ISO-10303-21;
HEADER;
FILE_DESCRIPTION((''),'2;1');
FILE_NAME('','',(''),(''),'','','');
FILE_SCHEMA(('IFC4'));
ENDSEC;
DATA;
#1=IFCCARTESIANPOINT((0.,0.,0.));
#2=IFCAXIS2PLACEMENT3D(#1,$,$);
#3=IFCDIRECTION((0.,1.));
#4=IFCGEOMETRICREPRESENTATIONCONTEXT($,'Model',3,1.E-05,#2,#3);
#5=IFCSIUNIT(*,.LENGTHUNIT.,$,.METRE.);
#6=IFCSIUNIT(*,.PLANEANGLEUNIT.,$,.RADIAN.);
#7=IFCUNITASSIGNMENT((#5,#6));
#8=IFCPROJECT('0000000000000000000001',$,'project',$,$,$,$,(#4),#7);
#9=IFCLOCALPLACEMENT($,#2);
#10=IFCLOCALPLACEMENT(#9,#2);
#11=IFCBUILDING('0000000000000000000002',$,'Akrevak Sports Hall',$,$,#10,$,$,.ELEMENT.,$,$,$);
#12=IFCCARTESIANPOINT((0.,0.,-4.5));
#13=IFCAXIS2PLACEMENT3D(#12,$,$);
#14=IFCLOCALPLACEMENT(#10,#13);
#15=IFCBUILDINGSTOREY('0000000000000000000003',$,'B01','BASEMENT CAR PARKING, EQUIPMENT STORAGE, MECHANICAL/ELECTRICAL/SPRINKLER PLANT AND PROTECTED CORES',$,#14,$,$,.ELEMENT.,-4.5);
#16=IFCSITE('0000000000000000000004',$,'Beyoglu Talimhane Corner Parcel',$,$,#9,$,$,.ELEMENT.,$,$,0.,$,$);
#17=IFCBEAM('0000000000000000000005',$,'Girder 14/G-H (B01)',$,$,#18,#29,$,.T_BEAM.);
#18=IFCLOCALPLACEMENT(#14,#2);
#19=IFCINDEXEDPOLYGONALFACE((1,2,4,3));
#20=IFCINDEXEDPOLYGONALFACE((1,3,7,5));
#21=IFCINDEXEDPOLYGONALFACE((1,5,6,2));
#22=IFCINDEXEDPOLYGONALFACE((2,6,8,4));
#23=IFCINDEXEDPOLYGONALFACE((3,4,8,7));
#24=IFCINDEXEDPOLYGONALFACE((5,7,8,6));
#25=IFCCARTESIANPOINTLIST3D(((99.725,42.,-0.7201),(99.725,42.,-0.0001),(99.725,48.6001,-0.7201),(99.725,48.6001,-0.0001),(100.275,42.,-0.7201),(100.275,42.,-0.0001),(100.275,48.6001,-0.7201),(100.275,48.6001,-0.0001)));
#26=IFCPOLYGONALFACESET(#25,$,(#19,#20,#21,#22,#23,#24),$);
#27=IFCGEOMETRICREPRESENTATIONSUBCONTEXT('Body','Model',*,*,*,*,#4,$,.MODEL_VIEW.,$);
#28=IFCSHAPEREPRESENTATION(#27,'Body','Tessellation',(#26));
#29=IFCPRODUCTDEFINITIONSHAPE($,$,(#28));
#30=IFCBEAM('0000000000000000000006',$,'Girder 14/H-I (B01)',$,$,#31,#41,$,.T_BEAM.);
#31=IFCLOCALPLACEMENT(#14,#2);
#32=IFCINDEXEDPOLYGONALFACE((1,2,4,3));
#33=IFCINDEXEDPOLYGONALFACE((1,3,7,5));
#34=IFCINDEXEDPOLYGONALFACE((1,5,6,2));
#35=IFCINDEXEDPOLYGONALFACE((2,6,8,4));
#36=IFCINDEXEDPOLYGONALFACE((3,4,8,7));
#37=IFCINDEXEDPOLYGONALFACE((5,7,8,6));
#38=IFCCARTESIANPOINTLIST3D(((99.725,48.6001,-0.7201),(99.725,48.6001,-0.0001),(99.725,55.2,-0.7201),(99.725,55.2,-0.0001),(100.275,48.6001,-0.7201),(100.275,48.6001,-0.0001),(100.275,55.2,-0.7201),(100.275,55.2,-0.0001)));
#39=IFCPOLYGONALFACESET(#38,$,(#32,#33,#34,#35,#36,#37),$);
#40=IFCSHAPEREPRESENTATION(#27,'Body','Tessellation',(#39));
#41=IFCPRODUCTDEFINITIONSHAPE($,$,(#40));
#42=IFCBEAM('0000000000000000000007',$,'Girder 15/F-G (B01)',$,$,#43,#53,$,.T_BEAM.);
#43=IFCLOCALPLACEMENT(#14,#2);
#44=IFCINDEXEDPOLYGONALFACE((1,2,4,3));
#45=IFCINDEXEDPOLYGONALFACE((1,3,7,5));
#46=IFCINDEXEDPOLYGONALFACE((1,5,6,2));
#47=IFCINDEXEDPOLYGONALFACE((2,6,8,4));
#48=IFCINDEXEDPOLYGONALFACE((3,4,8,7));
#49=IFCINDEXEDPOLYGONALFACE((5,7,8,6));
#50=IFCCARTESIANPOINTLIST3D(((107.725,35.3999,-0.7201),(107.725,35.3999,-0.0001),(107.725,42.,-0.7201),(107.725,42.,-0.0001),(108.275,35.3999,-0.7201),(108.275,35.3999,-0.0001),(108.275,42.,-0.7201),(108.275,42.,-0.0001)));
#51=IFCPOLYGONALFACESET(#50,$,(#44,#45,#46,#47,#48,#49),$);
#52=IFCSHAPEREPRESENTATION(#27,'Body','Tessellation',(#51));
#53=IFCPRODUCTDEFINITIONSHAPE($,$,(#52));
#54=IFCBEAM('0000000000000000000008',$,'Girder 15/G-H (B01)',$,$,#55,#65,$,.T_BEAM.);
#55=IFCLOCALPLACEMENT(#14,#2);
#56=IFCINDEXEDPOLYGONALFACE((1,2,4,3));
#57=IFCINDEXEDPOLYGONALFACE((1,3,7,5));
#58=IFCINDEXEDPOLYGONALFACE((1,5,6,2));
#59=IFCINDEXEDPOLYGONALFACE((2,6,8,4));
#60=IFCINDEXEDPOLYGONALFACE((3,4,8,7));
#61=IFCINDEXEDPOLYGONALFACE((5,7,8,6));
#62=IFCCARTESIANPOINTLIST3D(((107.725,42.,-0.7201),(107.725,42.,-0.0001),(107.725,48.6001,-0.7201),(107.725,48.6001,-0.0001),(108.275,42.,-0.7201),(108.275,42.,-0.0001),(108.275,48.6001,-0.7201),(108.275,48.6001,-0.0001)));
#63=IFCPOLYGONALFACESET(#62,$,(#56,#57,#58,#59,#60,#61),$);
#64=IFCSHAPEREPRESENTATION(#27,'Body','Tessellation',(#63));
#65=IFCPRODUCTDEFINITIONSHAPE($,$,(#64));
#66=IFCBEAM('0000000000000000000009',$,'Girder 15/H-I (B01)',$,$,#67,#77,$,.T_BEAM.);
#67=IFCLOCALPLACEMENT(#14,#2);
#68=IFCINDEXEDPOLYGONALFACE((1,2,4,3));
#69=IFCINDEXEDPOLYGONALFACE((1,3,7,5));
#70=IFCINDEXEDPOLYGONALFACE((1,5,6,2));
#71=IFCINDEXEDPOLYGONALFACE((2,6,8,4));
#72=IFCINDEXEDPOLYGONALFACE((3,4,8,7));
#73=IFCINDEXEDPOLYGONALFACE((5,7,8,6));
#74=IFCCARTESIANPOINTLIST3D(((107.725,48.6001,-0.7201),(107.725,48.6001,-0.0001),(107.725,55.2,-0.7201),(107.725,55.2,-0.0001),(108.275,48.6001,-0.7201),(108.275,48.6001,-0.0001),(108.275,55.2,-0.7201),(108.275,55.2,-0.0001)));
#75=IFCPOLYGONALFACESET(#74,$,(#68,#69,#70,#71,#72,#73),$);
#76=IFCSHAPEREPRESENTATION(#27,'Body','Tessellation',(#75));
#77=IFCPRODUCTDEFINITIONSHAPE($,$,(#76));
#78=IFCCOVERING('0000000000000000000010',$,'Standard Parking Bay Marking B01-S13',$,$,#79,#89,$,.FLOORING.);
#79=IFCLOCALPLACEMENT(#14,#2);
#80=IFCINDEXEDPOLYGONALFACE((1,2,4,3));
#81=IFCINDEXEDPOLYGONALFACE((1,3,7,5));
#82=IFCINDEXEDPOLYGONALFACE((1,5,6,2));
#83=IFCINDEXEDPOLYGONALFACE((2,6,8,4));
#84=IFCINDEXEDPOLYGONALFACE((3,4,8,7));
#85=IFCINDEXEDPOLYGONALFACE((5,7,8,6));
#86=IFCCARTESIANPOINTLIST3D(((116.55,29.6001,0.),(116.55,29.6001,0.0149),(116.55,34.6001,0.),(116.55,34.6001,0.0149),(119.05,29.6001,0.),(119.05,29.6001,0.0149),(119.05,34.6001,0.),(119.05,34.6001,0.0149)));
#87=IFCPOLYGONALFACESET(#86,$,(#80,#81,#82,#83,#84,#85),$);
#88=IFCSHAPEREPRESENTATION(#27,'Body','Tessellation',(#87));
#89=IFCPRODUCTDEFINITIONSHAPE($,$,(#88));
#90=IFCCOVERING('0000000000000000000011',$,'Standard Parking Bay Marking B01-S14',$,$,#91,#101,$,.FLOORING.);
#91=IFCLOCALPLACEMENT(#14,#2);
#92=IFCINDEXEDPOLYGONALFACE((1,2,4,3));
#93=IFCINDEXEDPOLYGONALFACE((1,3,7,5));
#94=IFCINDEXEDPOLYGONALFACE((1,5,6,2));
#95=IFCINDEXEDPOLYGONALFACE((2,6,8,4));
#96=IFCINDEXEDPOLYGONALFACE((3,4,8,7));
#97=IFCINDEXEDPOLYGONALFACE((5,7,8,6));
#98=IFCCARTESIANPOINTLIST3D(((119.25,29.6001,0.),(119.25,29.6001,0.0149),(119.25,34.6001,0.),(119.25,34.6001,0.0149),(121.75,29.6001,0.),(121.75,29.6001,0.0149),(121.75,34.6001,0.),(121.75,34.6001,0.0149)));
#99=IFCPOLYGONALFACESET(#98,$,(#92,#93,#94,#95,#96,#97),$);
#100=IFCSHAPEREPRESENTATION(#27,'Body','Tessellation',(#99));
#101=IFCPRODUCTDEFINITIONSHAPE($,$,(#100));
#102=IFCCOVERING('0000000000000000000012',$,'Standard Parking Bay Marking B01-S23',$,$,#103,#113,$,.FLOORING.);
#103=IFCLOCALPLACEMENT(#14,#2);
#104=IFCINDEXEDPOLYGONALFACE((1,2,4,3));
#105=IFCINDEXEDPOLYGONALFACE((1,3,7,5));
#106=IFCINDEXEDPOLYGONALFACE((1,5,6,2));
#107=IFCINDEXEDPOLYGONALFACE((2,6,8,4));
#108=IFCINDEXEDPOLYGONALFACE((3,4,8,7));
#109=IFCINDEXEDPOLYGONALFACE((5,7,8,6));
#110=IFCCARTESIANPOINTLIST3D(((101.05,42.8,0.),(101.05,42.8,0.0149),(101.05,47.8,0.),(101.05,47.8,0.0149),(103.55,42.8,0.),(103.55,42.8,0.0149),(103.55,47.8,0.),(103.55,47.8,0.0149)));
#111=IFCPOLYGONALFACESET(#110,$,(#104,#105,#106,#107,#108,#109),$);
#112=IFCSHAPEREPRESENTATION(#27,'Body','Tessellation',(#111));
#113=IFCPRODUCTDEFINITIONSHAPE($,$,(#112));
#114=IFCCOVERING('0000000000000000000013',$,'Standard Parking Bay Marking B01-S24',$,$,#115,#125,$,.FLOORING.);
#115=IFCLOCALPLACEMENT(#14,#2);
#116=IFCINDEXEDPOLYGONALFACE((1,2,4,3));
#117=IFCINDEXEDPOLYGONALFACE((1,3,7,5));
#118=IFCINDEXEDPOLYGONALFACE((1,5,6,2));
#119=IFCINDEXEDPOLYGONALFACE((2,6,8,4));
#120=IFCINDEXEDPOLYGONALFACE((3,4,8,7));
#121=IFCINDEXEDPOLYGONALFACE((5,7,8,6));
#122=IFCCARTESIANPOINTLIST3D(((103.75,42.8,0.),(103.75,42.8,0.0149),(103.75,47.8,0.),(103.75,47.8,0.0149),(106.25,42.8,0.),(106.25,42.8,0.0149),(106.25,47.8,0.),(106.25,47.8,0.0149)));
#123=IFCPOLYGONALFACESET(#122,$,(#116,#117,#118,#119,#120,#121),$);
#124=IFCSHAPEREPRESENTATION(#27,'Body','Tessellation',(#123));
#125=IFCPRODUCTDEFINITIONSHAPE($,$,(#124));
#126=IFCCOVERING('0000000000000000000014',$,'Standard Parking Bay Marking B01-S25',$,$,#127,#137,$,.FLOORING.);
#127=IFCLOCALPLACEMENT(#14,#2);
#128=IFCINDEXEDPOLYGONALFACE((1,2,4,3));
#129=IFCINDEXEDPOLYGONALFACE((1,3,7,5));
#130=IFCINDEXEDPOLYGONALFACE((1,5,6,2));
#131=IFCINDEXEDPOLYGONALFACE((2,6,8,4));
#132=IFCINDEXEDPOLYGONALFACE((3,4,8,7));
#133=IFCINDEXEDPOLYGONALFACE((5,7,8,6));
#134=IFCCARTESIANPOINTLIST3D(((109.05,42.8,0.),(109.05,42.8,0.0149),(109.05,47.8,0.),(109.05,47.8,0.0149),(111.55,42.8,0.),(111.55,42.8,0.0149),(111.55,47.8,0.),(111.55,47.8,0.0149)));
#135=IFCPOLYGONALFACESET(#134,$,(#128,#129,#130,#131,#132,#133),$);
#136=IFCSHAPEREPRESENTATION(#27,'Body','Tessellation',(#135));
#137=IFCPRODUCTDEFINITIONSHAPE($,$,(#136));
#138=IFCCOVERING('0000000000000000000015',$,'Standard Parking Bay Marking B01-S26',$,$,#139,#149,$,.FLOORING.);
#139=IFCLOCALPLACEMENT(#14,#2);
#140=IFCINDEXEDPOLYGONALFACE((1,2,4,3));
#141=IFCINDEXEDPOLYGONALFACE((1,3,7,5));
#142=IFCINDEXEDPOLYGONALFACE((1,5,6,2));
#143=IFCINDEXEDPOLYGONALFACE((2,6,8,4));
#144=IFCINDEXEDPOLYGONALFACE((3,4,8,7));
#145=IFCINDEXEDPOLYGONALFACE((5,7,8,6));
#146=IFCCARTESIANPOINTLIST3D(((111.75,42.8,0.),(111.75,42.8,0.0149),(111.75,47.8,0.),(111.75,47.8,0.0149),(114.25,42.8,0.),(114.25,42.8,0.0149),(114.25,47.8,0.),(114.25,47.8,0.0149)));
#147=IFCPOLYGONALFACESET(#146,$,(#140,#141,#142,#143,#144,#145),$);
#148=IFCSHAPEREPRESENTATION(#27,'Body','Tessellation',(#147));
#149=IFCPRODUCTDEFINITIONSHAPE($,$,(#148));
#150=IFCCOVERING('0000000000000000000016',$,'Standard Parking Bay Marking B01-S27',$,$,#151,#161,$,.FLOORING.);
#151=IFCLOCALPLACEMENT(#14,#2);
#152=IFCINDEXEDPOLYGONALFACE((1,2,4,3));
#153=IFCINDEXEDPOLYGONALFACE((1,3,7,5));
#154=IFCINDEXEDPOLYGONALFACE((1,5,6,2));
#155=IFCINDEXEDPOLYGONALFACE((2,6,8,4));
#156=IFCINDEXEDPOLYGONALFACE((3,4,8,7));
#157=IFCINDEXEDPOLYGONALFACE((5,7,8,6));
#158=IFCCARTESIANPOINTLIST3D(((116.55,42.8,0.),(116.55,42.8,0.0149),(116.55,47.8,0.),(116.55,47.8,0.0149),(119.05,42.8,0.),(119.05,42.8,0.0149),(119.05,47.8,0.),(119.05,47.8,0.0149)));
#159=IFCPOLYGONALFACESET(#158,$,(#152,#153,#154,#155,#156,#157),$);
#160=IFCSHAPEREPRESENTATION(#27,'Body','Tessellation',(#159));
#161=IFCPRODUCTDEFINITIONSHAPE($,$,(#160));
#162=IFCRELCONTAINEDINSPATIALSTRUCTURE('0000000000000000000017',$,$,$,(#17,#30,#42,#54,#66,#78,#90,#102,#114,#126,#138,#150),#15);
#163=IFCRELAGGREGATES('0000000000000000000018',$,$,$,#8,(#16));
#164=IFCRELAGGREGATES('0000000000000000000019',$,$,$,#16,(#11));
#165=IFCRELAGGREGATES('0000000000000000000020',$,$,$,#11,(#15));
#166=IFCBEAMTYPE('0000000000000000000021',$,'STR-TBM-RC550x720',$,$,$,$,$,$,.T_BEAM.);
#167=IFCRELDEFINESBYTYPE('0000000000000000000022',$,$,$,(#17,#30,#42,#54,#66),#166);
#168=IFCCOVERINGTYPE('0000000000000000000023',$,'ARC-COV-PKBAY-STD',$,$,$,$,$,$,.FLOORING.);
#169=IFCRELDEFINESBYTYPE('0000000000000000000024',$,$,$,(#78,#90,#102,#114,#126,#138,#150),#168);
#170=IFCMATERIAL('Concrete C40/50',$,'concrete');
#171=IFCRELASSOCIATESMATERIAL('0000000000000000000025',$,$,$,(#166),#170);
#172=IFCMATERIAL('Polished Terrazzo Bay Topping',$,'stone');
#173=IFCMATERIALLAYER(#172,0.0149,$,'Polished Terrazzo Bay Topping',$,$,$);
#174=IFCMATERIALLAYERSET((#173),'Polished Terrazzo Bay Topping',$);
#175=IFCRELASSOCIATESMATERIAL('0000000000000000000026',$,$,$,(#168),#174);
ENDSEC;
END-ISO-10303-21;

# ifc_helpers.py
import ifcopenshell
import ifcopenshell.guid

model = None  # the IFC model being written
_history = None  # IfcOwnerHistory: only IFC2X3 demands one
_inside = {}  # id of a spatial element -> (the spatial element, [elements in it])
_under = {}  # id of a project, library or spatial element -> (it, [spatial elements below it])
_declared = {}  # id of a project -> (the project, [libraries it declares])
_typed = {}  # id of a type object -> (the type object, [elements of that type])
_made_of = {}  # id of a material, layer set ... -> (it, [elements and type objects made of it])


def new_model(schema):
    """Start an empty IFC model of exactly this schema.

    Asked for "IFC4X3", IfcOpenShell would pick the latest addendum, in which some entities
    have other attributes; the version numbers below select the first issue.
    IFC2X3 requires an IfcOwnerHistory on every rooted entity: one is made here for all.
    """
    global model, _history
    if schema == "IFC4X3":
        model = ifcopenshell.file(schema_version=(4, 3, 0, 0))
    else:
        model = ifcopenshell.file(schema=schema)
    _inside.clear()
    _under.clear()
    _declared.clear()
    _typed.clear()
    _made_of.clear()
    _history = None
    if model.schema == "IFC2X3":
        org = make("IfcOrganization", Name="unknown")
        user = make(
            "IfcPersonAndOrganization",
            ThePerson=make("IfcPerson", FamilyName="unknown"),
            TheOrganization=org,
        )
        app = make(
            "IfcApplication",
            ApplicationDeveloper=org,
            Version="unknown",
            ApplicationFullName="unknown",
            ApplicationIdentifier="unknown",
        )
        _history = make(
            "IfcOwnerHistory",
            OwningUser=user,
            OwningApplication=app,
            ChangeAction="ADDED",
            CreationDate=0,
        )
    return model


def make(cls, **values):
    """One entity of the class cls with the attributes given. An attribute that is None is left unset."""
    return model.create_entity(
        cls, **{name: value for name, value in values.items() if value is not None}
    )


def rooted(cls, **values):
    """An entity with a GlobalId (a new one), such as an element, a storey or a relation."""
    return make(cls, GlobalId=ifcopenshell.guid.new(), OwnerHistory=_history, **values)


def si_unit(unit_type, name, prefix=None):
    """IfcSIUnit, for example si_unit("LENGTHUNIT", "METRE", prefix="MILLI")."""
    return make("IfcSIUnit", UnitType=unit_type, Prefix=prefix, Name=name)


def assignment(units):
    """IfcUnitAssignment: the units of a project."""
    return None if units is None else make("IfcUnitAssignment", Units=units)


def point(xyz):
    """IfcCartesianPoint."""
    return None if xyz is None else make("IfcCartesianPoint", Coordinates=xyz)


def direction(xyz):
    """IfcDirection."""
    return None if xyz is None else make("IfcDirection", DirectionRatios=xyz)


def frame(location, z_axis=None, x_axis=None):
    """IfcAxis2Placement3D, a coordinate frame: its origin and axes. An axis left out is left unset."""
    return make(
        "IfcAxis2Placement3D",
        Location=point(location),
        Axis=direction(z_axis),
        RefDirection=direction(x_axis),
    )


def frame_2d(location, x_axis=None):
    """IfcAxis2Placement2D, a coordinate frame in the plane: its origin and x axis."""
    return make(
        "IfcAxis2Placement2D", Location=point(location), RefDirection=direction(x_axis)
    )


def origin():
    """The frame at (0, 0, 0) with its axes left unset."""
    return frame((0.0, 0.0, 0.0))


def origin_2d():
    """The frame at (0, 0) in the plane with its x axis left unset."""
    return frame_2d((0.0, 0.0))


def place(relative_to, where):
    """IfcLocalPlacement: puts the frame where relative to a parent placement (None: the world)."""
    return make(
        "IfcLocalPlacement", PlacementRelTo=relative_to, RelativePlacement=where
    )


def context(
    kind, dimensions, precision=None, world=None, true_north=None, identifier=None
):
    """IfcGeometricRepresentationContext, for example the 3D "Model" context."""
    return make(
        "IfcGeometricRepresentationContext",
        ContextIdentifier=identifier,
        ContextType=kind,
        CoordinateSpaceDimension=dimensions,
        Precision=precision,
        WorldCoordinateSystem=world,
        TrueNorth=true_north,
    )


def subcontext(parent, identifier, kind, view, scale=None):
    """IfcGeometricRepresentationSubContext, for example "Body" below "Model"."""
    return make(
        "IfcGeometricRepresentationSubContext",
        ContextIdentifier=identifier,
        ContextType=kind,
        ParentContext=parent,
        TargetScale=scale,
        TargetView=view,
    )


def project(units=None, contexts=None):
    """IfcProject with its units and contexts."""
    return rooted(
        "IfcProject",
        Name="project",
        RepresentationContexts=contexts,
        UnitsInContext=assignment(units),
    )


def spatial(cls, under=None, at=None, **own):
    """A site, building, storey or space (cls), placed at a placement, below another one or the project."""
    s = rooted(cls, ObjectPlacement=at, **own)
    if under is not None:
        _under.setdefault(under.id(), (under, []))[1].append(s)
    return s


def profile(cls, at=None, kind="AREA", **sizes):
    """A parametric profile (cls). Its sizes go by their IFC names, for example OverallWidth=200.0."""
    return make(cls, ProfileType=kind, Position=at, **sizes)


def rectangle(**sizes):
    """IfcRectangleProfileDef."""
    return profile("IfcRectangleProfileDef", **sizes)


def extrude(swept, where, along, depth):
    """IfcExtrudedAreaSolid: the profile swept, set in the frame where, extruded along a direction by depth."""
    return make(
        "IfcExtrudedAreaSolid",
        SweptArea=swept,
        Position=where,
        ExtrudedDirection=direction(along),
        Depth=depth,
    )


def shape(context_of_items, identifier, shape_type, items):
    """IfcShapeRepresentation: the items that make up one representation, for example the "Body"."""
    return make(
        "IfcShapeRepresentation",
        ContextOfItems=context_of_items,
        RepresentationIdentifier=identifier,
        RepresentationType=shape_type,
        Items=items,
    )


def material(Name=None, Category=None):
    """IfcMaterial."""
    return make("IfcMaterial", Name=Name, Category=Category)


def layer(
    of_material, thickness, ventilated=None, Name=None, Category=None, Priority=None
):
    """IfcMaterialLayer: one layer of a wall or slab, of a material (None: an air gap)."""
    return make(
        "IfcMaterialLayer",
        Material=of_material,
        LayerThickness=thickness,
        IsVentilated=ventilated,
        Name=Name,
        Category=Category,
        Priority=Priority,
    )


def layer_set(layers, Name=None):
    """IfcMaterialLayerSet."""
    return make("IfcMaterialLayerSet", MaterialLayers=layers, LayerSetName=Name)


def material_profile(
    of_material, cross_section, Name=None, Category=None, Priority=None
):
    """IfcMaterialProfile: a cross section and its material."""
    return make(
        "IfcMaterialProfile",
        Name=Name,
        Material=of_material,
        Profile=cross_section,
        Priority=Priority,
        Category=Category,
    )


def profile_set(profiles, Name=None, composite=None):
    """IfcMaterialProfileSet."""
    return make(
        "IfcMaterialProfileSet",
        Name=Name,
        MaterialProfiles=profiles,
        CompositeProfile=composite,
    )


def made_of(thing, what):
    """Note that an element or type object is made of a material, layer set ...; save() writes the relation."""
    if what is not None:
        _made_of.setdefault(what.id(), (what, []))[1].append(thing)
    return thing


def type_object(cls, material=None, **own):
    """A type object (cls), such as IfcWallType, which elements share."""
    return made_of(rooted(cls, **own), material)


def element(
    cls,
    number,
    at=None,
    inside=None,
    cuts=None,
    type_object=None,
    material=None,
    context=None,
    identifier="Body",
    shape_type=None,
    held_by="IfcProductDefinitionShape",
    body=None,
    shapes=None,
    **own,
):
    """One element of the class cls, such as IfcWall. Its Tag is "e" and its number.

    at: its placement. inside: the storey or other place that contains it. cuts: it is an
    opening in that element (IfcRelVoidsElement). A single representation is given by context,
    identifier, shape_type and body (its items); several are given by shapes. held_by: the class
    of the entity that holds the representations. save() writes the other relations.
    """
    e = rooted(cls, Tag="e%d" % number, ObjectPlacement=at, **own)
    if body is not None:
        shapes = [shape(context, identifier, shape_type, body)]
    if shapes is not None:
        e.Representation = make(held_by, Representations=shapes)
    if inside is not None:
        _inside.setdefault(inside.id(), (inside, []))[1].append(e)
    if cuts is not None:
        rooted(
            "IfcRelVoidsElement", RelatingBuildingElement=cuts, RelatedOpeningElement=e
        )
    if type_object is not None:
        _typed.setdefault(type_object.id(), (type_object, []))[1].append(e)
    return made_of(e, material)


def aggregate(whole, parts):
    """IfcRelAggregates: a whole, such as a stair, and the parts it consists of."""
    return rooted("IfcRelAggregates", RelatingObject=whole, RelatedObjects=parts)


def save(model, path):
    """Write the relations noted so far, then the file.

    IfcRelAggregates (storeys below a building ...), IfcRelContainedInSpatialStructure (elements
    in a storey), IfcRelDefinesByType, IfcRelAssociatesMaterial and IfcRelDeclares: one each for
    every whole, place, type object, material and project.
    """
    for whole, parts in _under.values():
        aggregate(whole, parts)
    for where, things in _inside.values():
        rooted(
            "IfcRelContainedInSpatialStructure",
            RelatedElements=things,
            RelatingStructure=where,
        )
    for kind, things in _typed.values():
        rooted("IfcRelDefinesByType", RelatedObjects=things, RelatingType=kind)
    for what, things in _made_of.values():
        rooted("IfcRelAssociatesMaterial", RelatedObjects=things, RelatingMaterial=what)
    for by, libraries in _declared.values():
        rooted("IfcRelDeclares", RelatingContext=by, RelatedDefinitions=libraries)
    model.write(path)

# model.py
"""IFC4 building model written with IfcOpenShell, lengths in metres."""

from ifc_helpers import new_model, si_unit, direction, frame, origin, origin_2d, place, context, subcontext, project, spatial, rectangle, extrude, material, layer, layer_set, material_profile, profile_set, type_object, element, save


model = new_model("IFC4")

# Units and contexts
model_context = context("Model", 3, precision=1e-05, world=origin(), true_north=direction((0.0, 1.0)))
body_context = subcontext(model_context, "Body", "Model", "MODEL_VIEW")
ifc_project = project(units=[si_unit("LENGTHUNIT", "METRE"), si_unit("PLANEANGLEUNIT", "RADIAN")], contexts=[model_context])

# Site, building, storey
site_placement = place(None, origin())
site = spatial("IfcSite", under=ifc_project, at=site_placement, Name="Beyoglu Talimhane Corner Parcel", CompositionType="ELEMENT", RefElevation=0.0)
building_placement = place(site_placement, origin())
building = spatial("IfcBuilding", under=site, at=building_placement, Name="Akrevak Sports Hall", CompositionType="ELEMENT")
storey_placement = place(building_placement, frame((0.0, 0.0, -4.5)))
storey = spatial("IfcBuildingStorey", under=building, at=storey_placement, Name="B01", Description="BASEMENT CAR PARKING, EQUIPMENT STORAGE, MECHANICAL/ELECTRICAL/SPRINKLER PLANT AND PROTECTED CORES", CompositionType="ELEMENT", Elevation=-4.5)

# Beams
ifc_material_1 = material(Name="Concrete C40/50", Category="concrete")
ifc_material_profile_1 = material_profile(ifc_material_1, rectangle(XDim=0.55, YDim=0.72, at=origin_2d()), Name="TBM 550x720", Category="concrete")
ifc_profile_set_1 = profile_set([ifc_material_profile_1], Name="Concrete C40/50")
beam_type_1 = type_object("IfcBeamType", Name="STR-TBM-RC550x720", PredefinedType="T_BEAM", material=ifc_profile_set_1)
beam_1_placement = place(storey_placement, frame((100.0, 42.0, -0.3601), z_axis=(0.0, 1.0, 0.0), x_axis=(-1.0, 0.0, 0.0)))
element("IfcBeam", 1, at=beam_1_placement, inside=storey, type_object=beam_type_1, Name="Girder 14/G-H (B01)", PredefinedType="T_BEAM", context=body_context, shape_type="SweptSolid", body=[
    extrude(rectangle(XDim=0.55, YDim=0.72, at=origin_2d()), origin(), (0.0, 0.0, 1.0), 6.6001),
])
beam_2_placement = place(storey_placement, frame((100.0, 48.6001, -0.3601), z_axis=(0.0, 1.0, 0.0), x_axis=(-1.0, 0.0, 0.0)))
element("IfcBeam", 2, at=beam_2_placement, inside=storey, type_object=beam_type_1, Name="Girder 14/H-I (B01)", PredefinedType="T_BEAM", context=body_context, shape_type="SweptSolid", body=[
    extrude(rectangle(XDim=0.55, YDim=0.72, at=origin_2d()), origin(), (0.0, 0.0, 1.0), 6.5999),
])
for number, where, z_axis, x_axis, name in (
    (3, (108.0, 35.3999, -0.3601), (0.0, 1.0, 0.0), (-1.0, 0.0, 0.0), "Girder 15/F-G (B01)"),
    (4, (108.0, 42.0, -0.3601), (0.0, 1.0, 0.0), (-1.0, 0.0, 0.0), "Girder 15/G-H (B01)"),
):
    element("IfcBeam", number, at=place(storey_placement, frame(where, z_axis=z_axis, x_axis=x_axis)), inside=storey, type_object=beam_type_1, Name=name, PredefinedType="T_BEAM", context=body_context, shape_type="SweptSolid", body=[
        extrude(rectangle(XDim=0.55, YDim=0.72, at=origin_2d()), origin(), (0.0, 0.0, 1.0), 6.6001),
    ])
beam_3_placement = place(storey_placement, frame((108.0, 48.6001, -0.3601), z_axis=(0.0, 1.0, 0.0), x_axis=(-1.0, 0.0, 0.0)))
element("IfcBeam", 5, at=beam_3_placement, inside=storey, type_object=beam_type_1, Name="Girder 15/H-I (B01)", PredefinedType="T_BEAM", context=body_context, shape_type="SweptSolid", body=[
    extrude(rectangle(XDim=0.55, YDim=0.72, at=origin_2d()), origin(), (0.0, 0.0, 1.0), 6.5999),
])

# Coverings
ifc_material_2 = material(Name="Polished Terrazzo Bay Topping", Category="stone")
ifc_layer = layer(ifc_material_2, 0.0149, Name="Polished Terrazzo Bay Topping")
ifc_layer_set = layer_set([ifc_layer], Name="Polished Terrazzo Bay Topping")
covering_type = type_object("IfcCoveringType", Name="ARC-COV-PKBAY-STD", PredefinedType="FLOORING", material=ifc_layer_set)
for number, where, z_axis, x_axis, name in (
    (6, (117.8, 32.1001, 0.0), (0.0, 0.0, 1.0), (1.0, 0.0, 0.0), "Standard Parking Bay Marking B01-S13"),
    (7, (120.5, 32.1001, 0.0), (0.0, 0.0, 1.0), (1.0, 0.0, 0.0), "Standard Parking Bay Marking B01-S14"),
    (8, (102.3, 45.3, 0.0), (0.0, 0.0, 1.0), (1.0, 0.0, 0.0), "Standard Parking Bay Marking B01-S23"),
    (9, (105.0, 45.3, 0.0), (0.0, 0.0, 1.0), (1.0, 0.0, 0.0), "Standard Parking Bay Marking B01-S24"),
    (10, (110.3, 45.3, 0.0), (0.0, 0.0, 1.0), (1.0, 0.0, 0.0), "Standard Parking Bay Marking B01-S25"),
    (11, (113.0, 45.3, 0.0), (0.0, 0.0, 1.0), (1.0, 0.0, 0.0), "Standard Parking Bay Marking B01-S26"),
    (12, (117.8, 45.3, 0.0), (0.0, 0.0, 1.0), (1.0, 0.0, 0.0), "Standard Parking Bay Marking B01-S27"),
):
    element("IfcCovering", number, at=place(storey_placement, frame(where, z_axis=z_axis, x_axis=x_axis)), inside=storey, type_object=covering_type, Name=name, PredefinedType="FLOORING", context=body_context, shape_type="SweptSolid", body=[
        extrude(rectangle(XDim=2.5, YDim=5.0, at=origin_2d()), origin(), (0.0, 0.0, 1.0), 0.0149),
    ])

save(model, "model.ifc")
